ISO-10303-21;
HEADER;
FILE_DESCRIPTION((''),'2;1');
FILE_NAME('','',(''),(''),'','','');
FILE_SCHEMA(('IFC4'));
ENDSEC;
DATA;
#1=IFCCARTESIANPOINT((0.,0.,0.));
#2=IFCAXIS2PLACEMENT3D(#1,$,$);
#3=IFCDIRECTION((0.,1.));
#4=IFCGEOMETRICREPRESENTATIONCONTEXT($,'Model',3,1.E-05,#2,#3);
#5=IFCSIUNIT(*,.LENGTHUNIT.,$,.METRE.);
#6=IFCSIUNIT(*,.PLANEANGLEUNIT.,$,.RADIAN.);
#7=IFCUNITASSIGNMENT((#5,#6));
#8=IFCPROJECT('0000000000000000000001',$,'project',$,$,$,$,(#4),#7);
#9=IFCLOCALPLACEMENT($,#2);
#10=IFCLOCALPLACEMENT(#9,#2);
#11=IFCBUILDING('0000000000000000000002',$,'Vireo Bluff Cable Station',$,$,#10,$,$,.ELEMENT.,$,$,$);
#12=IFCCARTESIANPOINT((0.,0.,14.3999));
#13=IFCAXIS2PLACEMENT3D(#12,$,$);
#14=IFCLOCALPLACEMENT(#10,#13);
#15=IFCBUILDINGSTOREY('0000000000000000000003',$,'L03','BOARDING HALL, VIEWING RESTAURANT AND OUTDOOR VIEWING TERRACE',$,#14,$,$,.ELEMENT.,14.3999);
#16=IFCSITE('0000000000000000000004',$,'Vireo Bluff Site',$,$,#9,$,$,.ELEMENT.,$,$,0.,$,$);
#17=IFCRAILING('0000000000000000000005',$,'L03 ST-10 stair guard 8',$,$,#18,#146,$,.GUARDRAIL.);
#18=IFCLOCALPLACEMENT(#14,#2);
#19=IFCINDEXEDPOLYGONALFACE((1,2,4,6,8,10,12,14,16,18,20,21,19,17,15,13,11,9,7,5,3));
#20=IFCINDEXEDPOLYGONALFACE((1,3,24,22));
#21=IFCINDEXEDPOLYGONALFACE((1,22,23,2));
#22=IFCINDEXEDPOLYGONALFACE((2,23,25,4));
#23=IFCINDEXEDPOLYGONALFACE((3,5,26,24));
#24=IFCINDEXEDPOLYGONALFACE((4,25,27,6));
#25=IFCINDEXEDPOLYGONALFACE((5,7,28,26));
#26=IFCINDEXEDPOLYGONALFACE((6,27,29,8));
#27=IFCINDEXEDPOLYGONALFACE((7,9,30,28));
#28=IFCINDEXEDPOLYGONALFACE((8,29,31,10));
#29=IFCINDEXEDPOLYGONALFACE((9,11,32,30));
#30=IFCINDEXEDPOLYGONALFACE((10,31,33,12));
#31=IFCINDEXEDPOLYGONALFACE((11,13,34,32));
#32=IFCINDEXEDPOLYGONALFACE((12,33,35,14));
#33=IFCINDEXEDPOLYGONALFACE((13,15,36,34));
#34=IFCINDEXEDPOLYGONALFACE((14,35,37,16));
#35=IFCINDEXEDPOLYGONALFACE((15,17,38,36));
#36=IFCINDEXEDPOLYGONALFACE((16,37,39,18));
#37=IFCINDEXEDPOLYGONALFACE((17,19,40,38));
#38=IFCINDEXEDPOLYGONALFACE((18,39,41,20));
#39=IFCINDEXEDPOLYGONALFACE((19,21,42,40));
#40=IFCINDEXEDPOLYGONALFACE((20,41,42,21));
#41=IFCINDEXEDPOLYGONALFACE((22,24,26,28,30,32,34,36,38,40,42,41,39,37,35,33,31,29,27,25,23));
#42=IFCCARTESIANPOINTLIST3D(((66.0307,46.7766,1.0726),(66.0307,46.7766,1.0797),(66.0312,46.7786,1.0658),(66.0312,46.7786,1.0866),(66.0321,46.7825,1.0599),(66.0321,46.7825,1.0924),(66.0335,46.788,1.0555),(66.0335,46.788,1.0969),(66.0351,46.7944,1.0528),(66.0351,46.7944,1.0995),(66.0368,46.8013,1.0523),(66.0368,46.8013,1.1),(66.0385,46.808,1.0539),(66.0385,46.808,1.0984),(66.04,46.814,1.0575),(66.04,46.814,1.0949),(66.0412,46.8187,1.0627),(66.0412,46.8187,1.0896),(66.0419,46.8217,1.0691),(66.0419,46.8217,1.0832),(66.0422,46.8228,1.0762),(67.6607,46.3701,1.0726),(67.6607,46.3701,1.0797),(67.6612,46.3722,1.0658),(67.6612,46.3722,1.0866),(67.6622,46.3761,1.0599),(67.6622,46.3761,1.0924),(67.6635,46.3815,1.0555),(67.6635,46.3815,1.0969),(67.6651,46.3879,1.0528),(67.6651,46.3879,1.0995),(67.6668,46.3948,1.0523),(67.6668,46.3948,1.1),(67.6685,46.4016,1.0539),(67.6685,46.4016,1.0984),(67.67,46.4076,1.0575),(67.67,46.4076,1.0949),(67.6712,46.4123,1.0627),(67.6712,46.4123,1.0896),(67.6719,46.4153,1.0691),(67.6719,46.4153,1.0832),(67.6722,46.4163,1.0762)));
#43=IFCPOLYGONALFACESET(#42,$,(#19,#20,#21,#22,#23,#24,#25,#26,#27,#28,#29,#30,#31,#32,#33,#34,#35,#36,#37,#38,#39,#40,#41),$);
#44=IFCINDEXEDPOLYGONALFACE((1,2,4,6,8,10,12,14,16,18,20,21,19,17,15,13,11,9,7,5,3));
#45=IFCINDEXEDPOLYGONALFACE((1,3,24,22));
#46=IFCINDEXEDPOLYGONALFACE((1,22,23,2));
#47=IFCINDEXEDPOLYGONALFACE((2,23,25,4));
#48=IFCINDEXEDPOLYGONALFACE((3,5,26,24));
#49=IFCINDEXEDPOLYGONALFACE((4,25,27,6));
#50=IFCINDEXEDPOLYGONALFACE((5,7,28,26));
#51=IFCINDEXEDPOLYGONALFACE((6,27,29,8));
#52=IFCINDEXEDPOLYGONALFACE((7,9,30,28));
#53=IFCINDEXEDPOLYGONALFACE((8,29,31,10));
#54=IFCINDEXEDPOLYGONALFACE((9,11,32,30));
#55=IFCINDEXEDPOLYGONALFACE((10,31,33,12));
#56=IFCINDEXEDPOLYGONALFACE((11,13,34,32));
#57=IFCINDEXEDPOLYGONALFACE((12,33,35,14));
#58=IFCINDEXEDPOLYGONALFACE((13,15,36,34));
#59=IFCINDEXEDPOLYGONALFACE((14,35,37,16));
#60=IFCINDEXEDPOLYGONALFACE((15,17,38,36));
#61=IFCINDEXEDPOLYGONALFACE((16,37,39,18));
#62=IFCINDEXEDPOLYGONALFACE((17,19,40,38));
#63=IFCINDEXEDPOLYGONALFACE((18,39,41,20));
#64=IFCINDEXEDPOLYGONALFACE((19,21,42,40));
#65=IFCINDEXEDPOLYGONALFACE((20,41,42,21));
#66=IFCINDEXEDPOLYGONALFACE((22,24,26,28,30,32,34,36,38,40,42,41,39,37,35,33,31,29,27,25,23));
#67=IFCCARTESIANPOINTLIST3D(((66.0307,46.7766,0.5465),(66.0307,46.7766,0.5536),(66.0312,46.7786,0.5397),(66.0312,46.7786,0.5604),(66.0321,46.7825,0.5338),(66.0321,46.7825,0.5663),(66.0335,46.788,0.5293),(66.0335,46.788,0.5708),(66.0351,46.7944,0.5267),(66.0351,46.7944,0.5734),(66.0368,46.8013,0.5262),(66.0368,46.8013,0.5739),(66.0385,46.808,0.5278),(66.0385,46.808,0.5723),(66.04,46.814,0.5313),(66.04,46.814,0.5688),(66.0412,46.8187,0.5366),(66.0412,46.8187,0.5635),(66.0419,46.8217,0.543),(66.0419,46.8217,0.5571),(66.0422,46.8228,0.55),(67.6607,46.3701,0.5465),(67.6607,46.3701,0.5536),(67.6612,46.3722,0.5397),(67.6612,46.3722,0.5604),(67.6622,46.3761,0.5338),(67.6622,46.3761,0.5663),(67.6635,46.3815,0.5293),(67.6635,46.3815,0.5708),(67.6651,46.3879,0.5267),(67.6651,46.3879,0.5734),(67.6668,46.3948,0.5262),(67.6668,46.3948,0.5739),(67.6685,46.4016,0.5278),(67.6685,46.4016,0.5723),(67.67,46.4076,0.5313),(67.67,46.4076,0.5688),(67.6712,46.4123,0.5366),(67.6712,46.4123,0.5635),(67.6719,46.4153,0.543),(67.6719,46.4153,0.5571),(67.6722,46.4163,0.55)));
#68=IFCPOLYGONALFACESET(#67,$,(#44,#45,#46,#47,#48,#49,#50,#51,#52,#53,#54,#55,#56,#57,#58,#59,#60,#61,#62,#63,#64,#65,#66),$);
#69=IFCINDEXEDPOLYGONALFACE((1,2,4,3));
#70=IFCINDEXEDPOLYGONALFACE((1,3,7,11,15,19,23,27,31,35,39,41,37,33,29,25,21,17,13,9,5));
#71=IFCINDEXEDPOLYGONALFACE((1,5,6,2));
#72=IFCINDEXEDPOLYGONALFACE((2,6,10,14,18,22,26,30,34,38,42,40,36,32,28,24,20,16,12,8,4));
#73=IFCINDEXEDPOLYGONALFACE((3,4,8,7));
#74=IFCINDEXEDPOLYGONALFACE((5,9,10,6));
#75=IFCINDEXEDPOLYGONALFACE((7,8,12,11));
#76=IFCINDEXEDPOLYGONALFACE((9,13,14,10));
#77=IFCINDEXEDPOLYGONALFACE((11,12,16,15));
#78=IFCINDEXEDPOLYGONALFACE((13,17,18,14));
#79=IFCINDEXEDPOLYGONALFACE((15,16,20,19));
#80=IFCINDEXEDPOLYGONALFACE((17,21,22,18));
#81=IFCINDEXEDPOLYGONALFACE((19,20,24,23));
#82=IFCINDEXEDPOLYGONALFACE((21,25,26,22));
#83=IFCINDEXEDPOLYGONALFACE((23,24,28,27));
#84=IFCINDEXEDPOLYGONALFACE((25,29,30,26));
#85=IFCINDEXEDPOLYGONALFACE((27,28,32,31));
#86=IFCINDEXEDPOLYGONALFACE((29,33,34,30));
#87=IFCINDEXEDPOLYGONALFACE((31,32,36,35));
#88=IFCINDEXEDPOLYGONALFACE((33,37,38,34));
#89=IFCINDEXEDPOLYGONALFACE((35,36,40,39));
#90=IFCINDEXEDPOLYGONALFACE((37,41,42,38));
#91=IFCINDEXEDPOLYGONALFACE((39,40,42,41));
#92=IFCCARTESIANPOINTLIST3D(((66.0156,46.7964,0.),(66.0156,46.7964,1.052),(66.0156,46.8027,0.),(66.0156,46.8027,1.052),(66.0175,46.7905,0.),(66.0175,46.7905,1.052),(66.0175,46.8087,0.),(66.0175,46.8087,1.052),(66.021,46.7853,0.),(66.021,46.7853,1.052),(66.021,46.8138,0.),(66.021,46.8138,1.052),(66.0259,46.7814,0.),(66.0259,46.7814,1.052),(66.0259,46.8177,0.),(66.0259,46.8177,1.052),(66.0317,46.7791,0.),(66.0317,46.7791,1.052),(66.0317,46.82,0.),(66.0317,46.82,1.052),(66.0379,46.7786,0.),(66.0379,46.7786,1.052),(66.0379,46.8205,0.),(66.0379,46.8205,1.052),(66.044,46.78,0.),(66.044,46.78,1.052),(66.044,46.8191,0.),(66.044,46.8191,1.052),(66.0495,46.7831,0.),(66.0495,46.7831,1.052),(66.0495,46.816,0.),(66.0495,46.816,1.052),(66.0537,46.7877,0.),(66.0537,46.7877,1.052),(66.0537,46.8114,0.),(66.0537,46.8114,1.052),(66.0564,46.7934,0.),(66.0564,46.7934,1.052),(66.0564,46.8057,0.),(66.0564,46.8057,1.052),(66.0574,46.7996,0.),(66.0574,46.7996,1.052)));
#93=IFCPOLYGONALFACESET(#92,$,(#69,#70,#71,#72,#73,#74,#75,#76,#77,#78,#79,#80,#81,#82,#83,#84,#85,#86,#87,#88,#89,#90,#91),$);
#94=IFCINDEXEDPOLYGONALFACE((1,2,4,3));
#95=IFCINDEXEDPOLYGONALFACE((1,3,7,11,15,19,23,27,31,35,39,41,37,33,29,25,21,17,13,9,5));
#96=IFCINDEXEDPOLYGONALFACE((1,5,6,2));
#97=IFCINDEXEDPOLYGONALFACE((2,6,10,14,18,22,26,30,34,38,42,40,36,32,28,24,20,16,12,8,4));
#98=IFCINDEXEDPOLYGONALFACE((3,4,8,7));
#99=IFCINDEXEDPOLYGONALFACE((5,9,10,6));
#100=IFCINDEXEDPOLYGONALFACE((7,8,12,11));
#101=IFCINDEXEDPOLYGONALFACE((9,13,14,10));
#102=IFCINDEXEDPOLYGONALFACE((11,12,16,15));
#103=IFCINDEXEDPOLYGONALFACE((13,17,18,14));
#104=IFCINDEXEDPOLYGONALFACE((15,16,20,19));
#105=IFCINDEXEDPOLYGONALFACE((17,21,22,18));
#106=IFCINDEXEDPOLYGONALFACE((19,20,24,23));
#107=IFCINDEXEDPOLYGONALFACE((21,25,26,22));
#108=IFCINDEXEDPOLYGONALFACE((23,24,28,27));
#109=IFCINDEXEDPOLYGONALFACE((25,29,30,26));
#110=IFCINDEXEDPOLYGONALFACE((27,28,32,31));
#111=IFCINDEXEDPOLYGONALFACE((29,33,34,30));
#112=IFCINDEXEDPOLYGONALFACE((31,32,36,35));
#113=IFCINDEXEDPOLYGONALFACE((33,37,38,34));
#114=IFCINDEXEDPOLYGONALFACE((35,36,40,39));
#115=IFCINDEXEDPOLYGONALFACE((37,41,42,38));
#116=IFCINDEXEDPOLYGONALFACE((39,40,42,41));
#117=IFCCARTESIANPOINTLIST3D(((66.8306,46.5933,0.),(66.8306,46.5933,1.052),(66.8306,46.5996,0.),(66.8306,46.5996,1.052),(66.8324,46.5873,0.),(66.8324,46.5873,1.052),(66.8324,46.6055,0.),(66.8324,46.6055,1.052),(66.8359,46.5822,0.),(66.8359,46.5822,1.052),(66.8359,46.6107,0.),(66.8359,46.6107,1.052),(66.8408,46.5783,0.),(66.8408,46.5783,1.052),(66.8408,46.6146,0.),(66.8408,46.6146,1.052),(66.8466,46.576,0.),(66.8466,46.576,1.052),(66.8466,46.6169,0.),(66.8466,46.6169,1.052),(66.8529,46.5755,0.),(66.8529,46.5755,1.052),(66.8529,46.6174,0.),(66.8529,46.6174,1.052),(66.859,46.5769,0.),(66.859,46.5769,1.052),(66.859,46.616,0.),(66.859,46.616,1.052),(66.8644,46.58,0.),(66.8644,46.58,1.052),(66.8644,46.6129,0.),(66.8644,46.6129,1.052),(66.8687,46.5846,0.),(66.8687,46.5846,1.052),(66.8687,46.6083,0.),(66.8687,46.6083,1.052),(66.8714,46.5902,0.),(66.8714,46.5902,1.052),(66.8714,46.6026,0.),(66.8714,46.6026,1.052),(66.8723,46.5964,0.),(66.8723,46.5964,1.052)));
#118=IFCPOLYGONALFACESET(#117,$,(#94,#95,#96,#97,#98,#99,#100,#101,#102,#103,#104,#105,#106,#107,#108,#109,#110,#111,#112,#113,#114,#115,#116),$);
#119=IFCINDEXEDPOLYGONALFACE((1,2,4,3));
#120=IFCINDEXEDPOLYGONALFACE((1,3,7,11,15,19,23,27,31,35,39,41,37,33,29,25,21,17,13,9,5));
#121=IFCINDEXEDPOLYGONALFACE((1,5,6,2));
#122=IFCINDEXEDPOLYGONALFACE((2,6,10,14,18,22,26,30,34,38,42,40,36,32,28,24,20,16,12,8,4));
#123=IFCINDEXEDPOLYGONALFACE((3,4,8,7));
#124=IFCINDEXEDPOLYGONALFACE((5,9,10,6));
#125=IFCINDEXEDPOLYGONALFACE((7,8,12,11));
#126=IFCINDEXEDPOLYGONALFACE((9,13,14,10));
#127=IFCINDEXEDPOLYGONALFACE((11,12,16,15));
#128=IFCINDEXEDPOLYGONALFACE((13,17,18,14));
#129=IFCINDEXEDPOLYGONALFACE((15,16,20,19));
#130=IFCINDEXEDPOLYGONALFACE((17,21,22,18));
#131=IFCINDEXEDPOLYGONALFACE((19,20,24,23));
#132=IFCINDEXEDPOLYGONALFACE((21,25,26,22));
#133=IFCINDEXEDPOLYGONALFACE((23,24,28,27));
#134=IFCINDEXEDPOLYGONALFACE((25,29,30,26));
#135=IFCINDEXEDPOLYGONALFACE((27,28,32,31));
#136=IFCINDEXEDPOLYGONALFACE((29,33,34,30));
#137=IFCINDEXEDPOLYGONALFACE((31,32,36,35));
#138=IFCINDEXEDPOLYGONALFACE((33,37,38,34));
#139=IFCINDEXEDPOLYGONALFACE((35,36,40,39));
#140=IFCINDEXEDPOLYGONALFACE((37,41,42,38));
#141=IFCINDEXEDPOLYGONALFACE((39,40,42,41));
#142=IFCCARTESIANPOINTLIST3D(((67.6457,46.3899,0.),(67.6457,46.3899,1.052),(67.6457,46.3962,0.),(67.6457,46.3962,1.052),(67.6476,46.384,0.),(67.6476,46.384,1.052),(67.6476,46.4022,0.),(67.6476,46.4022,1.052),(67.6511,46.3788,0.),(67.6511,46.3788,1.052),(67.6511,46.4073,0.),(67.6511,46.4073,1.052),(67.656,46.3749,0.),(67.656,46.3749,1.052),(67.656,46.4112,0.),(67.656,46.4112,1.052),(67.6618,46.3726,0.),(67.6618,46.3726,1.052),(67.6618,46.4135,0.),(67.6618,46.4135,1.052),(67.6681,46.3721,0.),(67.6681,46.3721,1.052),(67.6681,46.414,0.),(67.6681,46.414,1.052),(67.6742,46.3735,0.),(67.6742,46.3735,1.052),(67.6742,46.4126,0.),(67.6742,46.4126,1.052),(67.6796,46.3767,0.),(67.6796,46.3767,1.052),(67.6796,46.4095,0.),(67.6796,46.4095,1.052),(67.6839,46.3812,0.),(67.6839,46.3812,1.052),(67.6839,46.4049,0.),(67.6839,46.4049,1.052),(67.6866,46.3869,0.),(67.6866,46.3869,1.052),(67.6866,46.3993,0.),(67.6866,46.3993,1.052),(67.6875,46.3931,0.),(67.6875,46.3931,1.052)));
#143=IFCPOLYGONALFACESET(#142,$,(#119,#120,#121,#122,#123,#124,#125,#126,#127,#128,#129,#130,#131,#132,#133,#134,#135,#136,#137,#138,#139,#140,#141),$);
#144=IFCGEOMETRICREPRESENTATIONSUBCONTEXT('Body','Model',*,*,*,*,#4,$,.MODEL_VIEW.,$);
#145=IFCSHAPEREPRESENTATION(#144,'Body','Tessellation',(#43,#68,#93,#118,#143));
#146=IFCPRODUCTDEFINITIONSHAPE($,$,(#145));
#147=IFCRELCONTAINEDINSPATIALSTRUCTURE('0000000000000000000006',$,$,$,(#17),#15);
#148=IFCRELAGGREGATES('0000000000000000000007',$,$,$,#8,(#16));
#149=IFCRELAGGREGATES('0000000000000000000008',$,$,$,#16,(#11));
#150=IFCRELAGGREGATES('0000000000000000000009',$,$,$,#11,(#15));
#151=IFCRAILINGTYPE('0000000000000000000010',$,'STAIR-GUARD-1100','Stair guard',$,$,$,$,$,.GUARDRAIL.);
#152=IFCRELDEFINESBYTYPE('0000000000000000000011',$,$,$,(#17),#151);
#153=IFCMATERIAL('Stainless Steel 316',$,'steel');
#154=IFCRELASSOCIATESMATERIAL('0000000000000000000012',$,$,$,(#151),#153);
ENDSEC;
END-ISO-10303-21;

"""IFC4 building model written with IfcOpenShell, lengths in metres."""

from ifc_helpers import new_model, si_unit, direction, frame, origin, origin_2d, place, context, subcontext, project, spatial, circle, extrude, material, type_object, element, save


model = new_model("IFC4")

# Units and contexts
model_context = context("Model", 3, precision=1e-05, world=origin(), true_north=direction((0.0, 1.0)))
body_context = subcontext(model_context, "Body", "Model", "MODEL_VIEW")
ifc_project = project(units=[si_unit("LENGTHUNIT", "METRE"), si_unit("PLANEANGLEUNIT", "RADIAN")], contexts=[model_context])

# Site, building, storey
site_placement = place(None, origin())
site = spatial("IfcSite", under=ifc_project, at=site_placement, Name="Vireo Bluff Site", CompositionType="ELEMENT", RefElevation=0.0)
building_placement = place(site_placement, origin())
building = spatial("IfcBuilding", under=site, at=building_placement, Name="Vireo Bluff Cable Station", CompositionType="ELEMENT")
storey_placement = place(building_placement, frame((0.0, 0.0, 14.3999)))
storey = spatial("IfcBuildingStorey", under=building, at=storey_placement, Name="L03", Description="BOARDING HALL, VIEWING RESTAURANT AND OUTDOOR VIEWING TERRACE", CompositionType="ELEMENT", Elevation=14.3999)

# Railing
ifc_material_1 = material(Name="Stainless Steel 316", Category="steel")
railing_type_1 = type_object("IfcRailingType", Name="STAIR-GUARD-1100", Description="Stair guard", PredefinedType="GUARDRAIL", material=ifc_material_1)
railing_1_placement = place(storey_placement, frame((66.0364, 46.7996, 0.0)))
element("IfcRailing", 1, at=railing_1_placement, inside=storey, type_object=railing_type_1, Name="L03 ST-10 stair guard 8", PredefinedType="GUARDRAIL", context=body_context, shape_type="SweptSolid", body=[
    extrude(circle(Radius=0.0239, at=origin_2d()), frame((0.0, 0.0, 1.0762), z_axis=(0.970288, -0.241954, 0.0), x_axis=(0.241954, 0.970288, 0.0)), (0.0, 0.0, 1.0), 1.6799),
    extrude(circle(Radius=0.0239, at=origin_2d()), frame((0.0, 0.0, 0.55), z_axis=(0.970288, -0.241954, 0.0), x_axis=(0.241954, 0.970288, 0.0)), (0.0, 0.0, 1.0), 1.6799),
    extrude(circle(Radius=0.021, at=origin_2d()), origin(), (0.0, 0.0, 1.0), 1.052),
    extrude(circle(Radius=0.021, at=origin_2d()), frame((0.8149, -0.2031, 0.0)), (0.0, 0.0, 1.0), 1.052),
    extrude(circle(Radius=0.021, at=origin_2d()), frame((1.6301, -0.4065, 0.0)), (0.0, 0.0, 1.0), 1.052),
])

save(model, "model.ifc")
